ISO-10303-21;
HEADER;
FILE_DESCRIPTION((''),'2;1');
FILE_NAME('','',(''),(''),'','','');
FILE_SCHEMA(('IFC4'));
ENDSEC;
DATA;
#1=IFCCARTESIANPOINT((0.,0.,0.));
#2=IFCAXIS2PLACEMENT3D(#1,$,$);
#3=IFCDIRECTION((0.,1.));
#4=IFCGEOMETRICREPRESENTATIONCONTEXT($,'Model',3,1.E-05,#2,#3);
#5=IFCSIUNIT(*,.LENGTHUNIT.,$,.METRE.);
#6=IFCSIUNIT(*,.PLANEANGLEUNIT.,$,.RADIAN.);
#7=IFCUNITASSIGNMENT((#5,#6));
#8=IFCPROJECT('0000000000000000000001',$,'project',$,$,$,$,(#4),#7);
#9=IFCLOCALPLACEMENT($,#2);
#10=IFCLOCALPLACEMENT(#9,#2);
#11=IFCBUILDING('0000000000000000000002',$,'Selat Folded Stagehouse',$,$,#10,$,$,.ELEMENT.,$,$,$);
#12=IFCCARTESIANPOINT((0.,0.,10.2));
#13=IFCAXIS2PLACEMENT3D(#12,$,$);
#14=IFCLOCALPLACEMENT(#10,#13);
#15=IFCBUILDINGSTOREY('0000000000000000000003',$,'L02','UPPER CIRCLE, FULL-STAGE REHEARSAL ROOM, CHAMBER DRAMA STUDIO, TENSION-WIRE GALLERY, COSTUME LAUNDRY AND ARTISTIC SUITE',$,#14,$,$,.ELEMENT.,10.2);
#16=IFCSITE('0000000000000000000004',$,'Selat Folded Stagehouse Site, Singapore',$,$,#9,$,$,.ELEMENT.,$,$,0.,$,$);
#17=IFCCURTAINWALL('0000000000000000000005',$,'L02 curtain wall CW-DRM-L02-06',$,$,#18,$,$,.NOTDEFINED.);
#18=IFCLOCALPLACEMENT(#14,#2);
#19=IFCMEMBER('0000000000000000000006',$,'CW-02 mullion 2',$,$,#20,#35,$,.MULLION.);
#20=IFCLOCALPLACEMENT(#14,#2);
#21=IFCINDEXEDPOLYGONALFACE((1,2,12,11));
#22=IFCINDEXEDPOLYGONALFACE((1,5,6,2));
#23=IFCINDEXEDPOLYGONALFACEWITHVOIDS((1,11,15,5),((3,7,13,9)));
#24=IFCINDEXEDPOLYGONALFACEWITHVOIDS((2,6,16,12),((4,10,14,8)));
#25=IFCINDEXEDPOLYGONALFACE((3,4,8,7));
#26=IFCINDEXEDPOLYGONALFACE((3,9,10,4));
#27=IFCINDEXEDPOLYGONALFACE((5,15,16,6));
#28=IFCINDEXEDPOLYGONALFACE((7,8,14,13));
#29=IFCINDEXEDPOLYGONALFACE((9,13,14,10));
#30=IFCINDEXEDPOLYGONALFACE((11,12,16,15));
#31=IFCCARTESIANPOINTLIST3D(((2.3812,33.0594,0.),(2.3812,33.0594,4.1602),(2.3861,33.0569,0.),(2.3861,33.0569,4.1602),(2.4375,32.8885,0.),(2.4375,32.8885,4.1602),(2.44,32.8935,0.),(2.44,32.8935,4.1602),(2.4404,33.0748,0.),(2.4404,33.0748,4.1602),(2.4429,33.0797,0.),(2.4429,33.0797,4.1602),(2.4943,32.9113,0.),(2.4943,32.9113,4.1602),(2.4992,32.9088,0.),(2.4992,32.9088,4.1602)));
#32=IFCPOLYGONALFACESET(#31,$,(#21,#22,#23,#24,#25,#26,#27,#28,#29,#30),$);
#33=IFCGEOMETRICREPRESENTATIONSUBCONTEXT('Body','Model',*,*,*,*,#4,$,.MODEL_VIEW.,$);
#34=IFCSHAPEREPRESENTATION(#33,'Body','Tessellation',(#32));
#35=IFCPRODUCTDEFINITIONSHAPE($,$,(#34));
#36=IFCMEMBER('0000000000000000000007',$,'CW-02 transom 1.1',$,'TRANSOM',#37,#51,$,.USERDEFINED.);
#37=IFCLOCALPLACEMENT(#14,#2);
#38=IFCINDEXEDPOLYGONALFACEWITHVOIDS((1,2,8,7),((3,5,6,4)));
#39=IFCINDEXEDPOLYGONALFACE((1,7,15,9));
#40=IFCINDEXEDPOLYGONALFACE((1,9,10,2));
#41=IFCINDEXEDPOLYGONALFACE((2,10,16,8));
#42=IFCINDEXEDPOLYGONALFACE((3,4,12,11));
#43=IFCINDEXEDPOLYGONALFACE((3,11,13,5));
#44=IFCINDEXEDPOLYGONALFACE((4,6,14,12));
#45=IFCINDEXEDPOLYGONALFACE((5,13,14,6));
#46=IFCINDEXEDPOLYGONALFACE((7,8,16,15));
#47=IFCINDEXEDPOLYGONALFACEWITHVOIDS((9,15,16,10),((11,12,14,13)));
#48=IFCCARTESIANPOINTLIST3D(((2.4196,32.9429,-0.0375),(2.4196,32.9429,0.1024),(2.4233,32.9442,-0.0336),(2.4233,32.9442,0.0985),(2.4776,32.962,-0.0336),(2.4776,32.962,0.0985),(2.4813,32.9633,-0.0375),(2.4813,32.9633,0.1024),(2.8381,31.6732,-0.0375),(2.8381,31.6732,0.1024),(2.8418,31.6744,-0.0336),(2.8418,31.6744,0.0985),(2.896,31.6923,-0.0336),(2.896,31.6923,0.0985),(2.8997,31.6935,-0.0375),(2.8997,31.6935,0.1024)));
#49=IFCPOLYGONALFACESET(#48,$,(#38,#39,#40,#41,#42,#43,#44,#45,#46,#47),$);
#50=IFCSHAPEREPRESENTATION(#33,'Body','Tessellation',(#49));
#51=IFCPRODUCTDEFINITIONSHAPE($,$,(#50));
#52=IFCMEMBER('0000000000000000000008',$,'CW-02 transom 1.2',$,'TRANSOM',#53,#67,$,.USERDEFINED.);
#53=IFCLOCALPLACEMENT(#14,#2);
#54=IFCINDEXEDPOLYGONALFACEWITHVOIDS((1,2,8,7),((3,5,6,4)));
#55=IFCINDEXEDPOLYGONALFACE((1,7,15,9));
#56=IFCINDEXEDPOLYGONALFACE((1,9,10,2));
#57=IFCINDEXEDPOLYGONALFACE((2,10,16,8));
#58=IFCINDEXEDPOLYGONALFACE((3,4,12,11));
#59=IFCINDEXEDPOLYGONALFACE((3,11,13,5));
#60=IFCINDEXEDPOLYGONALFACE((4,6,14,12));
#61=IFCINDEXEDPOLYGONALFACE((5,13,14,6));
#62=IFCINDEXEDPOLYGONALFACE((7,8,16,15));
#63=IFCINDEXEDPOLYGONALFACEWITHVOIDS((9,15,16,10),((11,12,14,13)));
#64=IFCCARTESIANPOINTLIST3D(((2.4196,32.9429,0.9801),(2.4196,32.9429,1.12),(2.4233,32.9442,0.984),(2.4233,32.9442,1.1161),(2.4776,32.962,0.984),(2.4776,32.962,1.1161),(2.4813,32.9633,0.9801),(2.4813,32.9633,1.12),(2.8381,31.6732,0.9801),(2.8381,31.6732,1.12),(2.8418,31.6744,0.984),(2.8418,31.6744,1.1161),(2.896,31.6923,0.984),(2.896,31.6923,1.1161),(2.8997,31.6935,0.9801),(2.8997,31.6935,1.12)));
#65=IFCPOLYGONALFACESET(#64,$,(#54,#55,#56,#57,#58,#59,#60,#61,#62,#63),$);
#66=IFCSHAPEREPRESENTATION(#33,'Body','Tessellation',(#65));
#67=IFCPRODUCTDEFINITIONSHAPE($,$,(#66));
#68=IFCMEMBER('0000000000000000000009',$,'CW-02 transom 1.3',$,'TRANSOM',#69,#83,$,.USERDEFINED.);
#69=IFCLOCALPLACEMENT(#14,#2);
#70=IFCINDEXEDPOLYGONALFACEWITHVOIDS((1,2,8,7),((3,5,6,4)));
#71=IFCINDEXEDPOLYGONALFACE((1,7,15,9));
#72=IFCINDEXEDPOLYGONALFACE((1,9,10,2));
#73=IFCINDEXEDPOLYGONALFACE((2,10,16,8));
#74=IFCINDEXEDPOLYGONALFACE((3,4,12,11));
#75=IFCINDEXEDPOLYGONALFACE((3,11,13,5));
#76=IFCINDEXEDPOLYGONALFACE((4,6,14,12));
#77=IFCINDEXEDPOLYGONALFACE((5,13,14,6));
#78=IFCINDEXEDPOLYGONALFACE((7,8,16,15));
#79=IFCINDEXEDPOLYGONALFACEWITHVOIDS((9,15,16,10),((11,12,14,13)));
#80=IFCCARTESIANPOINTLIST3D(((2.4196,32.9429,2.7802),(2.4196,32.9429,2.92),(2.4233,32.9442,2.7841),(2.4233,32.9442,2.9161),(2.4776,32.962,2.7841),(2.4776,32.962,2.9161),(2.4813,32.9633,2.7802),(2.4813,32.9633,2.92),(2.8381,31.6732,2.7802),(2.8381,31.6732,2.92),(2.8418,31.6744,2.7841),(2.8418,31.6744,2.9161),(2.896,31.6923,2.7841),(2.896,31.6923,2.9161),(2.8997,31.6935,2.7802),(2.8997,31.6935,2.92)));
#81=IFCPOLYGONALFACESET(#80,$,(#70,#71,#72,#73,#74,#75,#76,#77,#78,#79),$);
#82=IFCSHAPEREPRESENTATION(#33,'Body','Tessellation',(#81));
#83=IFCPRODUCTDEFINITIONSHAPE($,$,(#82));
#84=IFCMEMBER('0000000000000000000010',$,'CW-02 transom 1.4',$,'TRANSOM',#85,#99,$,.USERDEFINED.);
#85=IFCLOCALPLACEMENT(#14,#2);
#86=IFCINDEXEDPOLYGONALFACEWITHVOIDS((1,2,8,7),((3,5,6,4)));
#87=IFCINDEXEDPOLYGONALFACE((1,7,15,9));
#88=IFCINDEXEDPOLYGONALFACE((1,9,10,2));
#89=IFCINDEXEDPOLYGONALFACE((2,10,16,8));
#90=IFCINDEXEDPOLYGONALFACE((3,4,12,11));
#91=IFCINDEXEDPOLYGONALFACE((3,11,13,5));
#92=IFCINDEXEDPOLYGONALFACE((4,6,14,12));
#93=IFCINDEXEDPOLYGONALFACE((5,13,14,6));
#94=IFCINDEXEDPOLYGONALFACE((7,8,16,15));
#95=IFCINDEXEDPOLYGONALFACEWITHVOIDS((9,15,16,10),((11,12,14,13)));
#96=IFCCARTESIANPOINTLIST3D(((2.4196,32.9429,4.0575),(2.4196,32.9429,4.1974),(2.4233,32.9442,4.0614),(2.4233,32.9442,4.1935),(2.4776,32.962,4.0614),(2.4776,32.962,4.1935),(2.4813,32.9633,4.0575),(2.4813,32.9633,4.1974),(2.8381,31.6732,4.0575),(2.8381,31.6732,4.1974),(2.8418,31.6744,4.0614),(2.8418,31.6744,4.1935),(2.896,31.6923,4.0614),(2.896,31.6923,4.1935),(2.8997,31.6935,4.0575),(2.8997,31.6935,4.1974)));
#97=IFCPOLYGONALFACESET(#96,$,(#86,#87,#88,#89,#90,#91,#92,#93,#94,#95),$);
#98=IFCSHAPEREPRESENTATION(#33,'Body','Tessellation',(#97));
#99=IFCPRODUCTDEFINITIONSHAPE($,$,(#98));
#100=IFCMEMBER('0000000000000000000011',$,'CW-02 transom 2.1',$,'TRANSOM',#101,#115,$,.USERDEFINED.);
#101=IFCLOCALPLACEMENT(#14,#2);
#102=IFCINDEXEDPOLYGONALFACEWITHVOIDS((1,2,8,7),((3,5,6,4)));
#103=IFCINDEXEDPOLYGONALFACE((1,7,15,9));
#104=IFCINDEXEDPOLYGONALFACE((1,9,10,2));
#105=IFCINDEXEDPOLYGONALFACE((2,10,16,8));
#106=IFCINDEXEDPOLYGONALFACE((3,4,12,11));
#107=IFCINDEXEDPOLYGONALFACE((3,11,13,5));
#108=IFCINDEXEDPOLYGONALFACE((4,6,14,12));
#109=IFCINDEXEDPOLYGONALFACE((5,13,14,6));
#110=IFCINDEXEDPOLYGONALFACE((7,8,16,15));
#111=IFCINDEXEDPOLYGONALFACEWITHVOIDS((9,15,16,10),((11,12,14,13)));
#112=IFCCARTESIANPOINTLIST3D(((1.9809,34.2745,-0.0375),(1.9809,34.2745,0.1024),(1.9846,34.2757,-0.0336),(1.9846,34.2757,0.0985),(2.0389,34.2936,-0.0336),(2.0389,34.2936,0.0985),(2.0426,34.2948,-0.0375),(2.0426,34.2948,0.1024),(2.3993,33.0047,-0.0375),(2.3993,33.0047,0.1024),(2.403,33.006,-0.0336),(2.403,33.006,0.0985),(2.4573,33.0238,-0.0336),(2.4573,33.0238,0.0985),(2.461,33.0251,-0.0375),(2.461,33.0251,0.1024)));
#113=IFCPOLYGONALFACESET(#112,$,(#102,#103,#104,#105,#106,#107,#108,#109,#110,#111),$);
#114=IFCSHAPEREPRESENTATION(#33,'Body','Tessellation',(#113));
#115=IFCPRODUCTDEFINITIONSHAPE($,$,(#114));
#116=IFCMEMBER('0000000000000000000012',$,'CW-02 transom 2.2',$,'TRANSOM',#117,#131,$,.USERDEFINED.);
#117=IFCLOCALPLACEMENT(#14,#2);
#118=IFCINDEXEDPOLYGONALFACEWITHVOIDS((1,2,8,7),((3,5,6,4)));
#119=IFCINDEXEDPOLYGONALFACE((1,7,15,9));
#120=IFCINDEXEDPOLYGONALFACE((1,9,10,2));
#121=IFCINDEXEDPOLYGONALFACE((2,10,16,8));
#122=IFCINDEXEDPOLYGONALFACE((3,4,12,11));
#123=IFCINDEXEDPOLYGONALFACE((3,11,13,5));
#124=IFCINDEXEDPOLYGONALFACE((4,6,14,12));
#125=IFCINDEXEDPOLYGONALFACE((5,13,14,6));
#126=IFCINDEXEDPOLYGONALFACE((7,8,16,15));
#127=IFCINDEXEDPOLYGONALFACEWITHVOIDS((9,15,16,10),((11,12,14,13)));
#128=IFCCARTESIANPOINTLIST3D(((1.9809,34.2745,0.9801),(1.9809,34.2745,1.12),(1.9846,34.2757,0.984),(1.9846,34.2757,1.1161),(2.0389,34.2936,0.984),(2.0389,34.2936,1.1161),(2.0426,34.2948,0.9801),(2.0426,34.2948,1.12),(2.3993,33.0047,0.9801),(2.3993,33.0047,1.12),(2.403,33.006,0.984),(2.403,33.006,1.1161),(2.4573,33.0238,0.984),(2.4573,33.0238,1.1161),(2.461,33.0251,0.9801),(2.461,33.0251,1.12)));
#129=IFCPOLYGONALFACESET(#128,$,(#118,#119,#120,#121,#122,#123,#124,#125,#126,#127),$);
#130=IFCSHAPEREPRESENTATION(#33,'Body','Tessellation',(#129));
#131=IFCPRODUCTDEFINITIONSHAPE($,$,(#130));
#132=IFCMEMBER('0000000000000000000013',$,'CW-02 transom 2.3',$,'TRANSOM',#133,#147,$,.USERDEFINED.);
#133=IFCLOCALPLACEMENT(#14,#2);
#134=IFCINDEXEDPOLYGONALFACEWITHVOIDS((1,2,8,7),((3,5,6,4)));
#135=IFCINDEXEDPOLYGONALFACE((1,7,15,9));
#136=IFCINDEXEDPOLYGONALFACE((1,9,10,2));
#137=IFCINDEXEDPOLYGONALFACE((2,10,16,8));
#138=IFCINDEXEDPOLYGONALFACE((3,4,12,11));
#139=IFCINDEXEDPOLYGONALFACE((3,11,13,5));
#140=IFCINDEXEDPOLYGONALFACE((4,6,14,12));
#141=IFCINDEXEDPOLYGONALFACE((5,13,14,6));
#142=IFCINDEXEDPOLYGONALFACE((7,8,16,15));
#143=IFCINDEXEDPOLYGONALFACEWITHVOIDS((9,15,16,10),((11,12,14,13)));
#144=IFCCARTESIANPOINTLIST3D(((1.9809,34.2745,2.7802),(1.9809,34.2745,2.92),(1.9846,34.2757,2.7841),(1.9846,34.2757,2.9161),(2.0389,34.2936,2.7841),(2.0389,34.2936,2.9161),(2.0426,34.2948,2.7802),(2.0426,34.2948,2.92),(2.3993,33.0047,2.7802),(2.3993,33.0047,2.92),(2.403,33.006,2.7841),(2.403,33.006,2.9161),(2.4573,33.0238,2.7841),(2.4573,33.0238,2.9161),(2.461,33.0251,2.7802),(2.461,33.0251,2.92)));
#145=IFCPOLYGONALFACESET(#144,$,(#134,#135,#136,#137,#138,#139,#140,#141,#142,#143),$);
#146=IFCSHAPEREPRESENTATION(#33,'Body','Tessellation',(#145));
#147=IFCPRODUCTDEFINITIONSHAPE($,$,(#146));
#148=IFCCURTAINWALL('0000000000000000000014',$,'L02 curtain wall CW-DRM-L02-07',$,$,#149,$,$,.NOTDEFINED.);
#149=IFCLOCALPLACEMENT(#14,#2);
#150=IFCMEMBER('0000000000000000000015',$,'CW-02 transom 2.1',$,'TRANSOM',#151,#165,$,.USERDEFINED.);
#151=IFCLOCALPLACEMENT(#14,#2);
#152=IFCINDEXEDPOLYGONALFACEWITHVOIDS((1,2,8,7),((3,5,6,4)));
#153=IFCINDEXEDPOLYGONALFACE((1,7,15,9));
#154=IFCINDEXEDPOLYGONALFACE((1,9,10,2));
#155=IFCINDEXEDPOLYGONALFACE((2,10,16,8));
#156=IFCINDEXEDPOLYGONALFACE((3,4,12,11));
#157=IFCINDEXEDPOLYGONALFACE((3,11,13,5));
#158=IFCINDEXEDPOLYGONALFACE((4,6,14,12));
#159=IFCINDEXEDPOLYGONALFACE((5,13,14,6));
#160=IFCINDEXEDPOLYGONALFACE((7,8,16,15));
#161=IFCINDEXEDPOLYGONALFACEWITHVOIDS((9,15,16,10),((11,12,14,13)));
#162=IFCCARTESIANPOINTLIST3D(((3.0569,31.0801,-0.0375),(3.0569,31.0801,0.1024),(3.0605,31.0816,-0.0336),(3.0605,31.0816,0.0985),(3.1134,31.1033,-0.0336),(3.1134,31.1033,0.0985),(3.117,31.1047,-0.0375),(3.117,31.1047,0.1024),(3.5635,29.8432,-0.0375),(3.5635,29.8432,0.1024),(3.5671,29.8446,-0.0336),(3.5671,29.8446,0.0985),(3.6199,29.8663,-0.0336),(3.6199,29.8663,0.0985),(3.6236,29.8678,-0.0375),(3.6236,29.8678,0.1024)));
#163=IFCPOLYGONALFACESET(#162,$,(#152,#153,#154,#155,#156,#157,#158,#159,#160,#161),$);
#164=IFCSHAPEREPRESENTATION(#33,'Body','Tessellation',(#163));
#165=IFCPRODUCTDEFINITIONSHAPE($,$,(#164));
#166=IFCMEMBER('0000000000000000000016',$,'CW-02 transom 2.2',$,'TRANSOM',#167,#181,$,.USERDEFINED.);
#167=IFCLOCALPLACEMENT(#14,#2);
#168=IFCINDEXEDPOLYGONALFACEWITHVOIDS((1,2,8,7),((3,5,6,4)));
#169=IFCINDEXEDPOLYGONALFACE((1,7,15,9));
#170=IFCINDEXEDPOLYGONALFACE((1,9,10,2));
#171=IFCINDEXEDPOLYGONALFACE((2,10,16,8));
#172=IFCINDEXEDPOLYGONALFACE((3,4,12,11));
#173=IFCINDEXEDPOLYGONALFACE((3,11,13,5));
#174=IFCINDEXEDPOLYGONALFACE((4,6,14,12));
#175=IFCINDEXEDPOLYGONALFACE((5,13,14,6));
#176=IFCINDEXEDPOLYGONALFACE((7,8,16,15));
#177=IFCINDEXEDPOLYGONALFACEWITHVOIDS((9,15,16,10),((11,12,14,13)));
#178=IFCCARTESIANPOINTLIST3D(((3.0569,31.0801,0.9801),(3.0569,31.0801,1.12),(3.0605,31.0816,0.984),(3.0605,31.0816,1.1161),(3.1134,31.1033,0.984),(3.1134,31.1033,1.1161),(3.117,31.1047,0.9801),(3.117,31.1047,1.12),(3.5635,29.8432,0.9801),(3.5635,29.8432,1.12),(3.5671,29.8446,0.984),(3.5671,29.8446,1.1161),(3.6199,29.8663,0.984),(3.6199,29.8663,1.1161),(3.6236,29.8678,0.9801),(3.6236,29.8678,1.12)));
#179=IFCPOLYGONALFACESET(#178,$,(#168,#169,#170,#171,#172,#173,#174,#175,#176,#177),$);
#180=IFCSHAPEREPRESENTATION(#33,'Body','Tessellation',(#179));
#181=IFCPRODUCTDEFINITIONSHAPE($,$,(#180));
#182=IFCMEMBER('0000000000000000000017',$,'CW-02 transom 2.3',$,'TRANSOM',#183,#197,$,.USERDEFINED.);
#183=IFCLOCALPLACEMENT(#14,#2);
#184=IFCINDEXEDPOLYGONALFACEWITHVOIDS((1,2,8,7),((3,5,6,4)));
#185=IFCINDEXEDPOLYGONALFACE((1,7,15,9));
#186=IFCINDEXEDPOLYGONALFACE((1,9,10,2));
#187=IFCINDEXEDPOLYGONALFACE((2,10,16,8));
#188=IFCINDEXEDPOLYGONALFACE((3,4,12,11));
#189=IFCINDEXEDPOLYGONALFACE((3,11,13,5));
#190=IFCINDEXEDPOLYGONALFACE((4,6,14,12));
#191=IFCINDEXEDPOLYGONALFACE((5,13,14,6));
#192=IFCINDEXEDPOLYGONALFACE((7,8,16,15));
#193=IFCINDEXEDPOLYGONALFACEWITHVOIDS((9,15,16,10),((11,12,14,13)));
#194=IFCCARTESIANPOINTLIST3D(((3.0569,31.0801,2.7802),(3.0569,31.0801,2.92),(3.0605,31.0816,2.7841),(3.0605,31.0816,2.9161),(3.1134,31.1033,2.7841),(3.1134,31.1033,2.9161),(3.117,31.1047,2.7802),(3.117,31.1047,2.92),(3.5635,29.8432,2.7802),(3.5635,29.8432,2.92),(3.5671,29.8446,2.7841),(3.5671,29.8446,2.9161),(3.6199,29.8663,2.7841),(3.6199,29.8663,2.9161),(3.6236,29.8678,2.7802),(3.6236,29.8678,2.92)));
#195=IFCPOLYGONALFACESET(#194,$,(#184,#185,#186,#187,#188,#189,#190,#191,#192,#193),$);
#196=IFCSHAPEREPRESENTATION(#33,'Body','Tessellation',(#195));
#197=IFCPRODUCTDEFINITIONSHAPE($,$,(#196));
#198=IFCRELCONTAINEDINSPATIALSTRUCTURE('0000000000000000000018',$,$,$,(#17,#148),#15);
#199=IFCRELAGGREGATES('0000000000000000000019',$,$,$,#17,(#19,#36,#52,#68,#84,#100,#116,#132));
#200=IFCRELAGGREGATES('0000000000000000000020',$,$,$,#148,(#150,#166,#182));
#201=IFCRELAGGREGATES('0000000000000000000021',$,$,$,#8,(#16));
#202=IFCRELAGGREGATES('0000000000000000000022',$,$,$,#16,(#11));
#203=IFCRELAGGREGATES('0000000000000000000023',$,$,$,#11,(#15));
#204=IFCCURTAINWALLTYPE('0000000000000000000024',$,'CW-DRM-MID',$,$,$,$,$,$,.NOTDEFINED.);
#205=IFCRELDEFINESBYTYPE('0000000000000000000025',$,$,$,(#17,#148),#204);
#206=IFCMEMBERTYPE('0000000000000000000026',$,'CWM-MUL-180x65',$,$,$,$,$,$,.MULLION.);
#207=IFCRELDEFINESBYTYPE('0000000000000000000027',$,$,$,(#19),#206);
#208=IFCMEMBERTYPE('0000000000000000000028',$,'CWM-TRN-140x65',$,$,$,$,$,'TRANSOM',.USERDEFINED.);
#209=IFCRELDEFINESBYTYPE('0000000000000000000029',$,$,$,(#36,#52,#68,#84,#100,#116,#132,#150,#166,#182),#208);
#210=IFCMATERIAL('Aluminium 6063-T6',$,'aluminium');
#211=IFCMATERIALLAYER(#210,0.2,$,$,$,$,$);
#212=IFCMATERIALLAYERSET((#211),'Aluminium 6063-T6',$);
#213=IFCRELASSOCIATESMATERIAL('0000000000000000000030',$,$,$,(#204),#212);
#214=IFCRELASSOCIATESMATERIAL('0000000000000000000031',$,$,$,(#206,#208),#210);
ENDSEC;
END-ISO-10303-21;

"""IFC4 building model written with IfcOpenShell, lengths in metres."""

from ifc_helpers import new_model, si_unit, direction, frame, origin, origin_2d, place, context, subcontext, project, spatial, hollow_rectangle, extrude, material, layer, layer_set, material_profile, profile_set, type_object, element, aggregate, save


model = new_model("IFC4")

# Units and contexts
model_context = context("Model", 3, precision=1e-05, world=origin(), true_north=direction((0.0, 1.0)))
body_context = subcontext(model_context, "Body", "Model", "MODEL_VIEW")
ifc_project = project(units=[si_unit("LENGTHUNIT", "METRE"), si_unit("PLANEANGLEUNIT", "RADIAN")], contexts=[model_context])

# Site, building, storey
site_placement = place(None, origin())
site = spatial("IfcSite", under=ifc_project, at=site_placement, Name="Selat Folded Stagehouse Site, Singapore", CompositionType="ELEMENT", RefElevation=0.0)
building_placement = place(site_placement, origin())
building = spatial("IfcBuilding", under=site, at=building_placement, Name="Selat Folded Stagehouse", CompositionType="ELEMENT")
storey_placement = place(building_placement, frame((0.0, 0.0, 10.2)))
storey = spatial("IfcBuildingStorey", under=building, at=storey_placement, Name="L02", Description="UPPER CIRCLE, FULL-STAGE REHEARSAL ROOM, CHAMBER DRAMA STUDIO, TENSION-WIRE GALLERY, COSTUME LAUNDRY AND ARTISTIC SUITE", CompositionType="ELEMENT", Elevation=10.2)

# Curtain walls, members
ifc_material_1 = material(Name="Aluminium 6063-T6", Category="aluminium")
ifc_layer_1 = layer(ifc_material_1, 0.2)
ifc_layer_set_1 = layer_set([ifc_layer_1], Name="Aluminium 6063-T6")
curtain_wall_type = type_object("IfcCurtainWallType", Name="CW-DRM-MID", PredefinedType="NOTDEFINED", material=ifc_layer_set_1)
curtain_wall_1_placement = place(storey_placement, origin())
curtain_wall_1 = element("IfcCurtainWall", 1, at=curtain_wall_1_placement, inside=storey, type_object=curtain_wall_type, Name="L02 curtain wall CW-DRM-L02-06", PredefinedType="NOTDEFINED")
ifc_material_profile_1 = material_profile(ifc_material_1, hollow_rectangle(XDim=0.0649, YDim=0.1799, WallThickness=0.0039, at=origin_2d()), Name="ALU 180x65x4.0")
ifc_profile_set_1 = profile_set([ifc_material_profile_1], Name="Aluminium 6063-T6")
member_type_1 = type_object("IfcMemberType", Name="CWM-MUL-180x65", PredefinedType="MULLION", material=ifc_profile_set_1)
member_1_placement = place(storey_placement, frame((2.4402, 32.9841, 0.0), z_axis=(0.0, 0.0, 1.0), x_axis=(-0.949755, -0.312995, 0.0)))
member_1 = element("IfcMember", 2, at=member_1_placement, type_object=member_type_1, Name="CW-02 mullion 2", PredefinedType="MULLION", context=body_context, shape_type="SweptSolid", body=[
    extrude(hollow_rectangle(XDim=0.0649, YDim=0.1799, WallThickness=0.0039, at=origin_2d()), origin(), (0.0, 0.0, 1.0), 4.1602),
])
ifc_material_profile_2 = material_profile(ifc_material_1, hollow_rectangle(XDim=0.0649, YDim=0.1399, WallThickness=0.0039, at=origin_2d()), Name="ALU 140x65x4.0")
ifc_profile_set_2 = profile_set([ifc_material_profile_2], Name="Aluminium 6063-T6")
member_type_2 = type_object("IfcMemberType", Name="CWM-TRN-140x65", ElementType="TRANSOM", PredefinedType="USERDEFINED", material=ifc_profile_set_2)
member_2_placement = place(storey_placement, frame((2.8689, 31.6833, 0.0325), z_axis=(-0.312994, 0.949755, 0.0), x_axis=(-0.949755, -0.312994, 0.0)))
member_2 = element("IfcMember", 3, at=member_2_placement, type_object=member_type_2, Name="CW-02 transom 1.1", ObjectType="TRANSOM", PredefinedType="USERDEFINED", context=body_context, shape_type="SweptSolid", body=[
    extrude(hollow_rectangle(XDim=0.0649, YDim=0.1399, WallThickness=0.0039, at=origin_2d()), origin(), (0.0, 0.0, 1.0), 1.3369),
])
member_3_placement = place(storey_placement, frame((2.8689, 31.6833, 1.05), z_axis=(-0.312994, 0.949755, 0.0), x_axis=(-0.949755, -0.312994, 0.0)))
member_3 = element("IfcMember", 4, at=member_3_placement, type_object=member_type_2, Name="CW-02 transom 1.2", ObjectType="TRANSOM", PredefinedType="USERDEFINED", context=body_context, shape_type="SweptSolid", body=[
    extrude(hollow_rectangle(XDim=0.0649, YDim=0.1399, WallThickness=0.0039, at=origin_2d()), origin(), (0.0, 0.0, 1.0), 1.3369),
])
member_4_placement = place(storey_placement, frame((2.8689, 31.6833, 2.8501), z_axis=(-0.312994, 0.949755, 0.0), x_axis=(-0.949755, -0.312994, 0.0)))
member_4 = element("IfcMember", 5, at=member_4_placement, type_object=member_type_2, Name="CW-02 transom 1.3", ObjectType="TRANSOM", PredefinedType="USERDEFINED", context=body_context, shape_type="SweptSolid", body=[
    extrude(hollow_rectangle(XDim=0.0649, YDim=0.1399, WallThickness=0.0039, at=origin_2d()), origin(), (0.0, 0.0, 1.0), 1.3369),
])
member_5_placement = place(storey_placement, frame((2.8689, 31.6833, 4.1274), z_axis=(-0.312994, 0.949755, 0.0), x_axis=(-0.949755, -0.312994, 0.0)))
member_5 = element("IfcMember", 6, at=member_5_placement, type_object=member_type_2, Name="CW-02 transom 1.4", ObjectType="TRANSOM", PredefinedType="USERDEFINED", context=body_context, shape_type="SweptSolid", body=[
    extrude(hollow_rectangle(XDim=0.0649, YDim=0.1399, WallThickness=0.0039, at=origin_2d()), origin(), (0.0, 0.0, 1.0), 1.3369),
])
member_6_placement = place(storey_placement, frame((2.4302, 33.0149, 0.0325), z_axis=(-0.312994, 0.949755, 0.0), x_axis=(-0.949755, -0.312994, 0.0)))
member_6 = element("IfcMember", 7, at=member_6_placement, type_object=member_type_2, Name="CW-02 transom 2.1", ObjectType="TRANSOM", PredefinedType="USERDEFINED", context=body_context, shape_type="SweptSolid", body=[
    extrude(hollow_rectangle(XDim=0.0649, YDim=0.1399, WallThickness=0.0039, at=origin_2d()), origin(), (0.0, 0.0, 1.0), 1.3369),
])
member_7_placement = place(storey_placement, frame((2.4302, 33.0149, 1.05), z_axis=(-0.312994, 0.949755, 0.0), x_axis=(-0.949755, -0.312994, 0.0)))
member_7 = element("IfcMember", 8, at=member_7_placement, type_object=member_type_2, Name="CW-02 transom 2.2", ObjectType="TRANSOM", PredefinedType="USERDEFINED", context=body_context, shape_type="SweptSolid", body=[
    extrude(hollow_rectangle(XDim=0.0649, YDim=0.1399, WallThickness=0.0039, at=origin_2d()), origin(), (0.0, 0.0, 1.0), 1.3369),
])
member_8_placement = place(storey_placement, frame((2.4302, 33.0149, 2.8501), z_axis=(-0.312994, 0.949755, 0.0), x_axis=(-0.949755, -0.312994, 0.0)))
member_8 = element("IfcMember", 9, at=member_8_placement, type_object=member_type_2, Name="CW-02 transom 2.3", ObjectType="TRANSOM", PredefinedType="USERDEFINED", context=body_context, shape_type="SweptSolid", body=[
    extrude(hollow_rectangle(XDim=0.0649, YDim=0.1399, WallThickness=0.0039, at=origin_2d()), origin(), (0.0, 0.0, 1.0), 1.3369),
])
curtain_wall_2_placement = place(storey_placement, origin())
curtain_wall_2 = element("IfcCurtainWall", 10, at=curtain_wall_2_placement, inside=storey, type_object=curtain_wall_type, Name="L02 curtain wall CW-DRM-L02-07", PredefinedType="NOTDEFINED")
member_9_placement = place(storey_placement, frame((3.5935, 29.8555, 0.0325), z_axis=(-0.378967, 0.92541, 0.0), x_axis=(-0.92541, -0.378967, 0.0)))
member_9 = element("IfcMember", 11, at=member_9_placement, type_object=member_type_2, Name="CW-02 transom 2.1", ObjectType="TRANSOM", PredefinedType="USERDEFINED", context=body_context, shape_type="SweptSolid", body=[
    extrude(hollow_rectangle(XDim=0.0649, YDim=0.1399, WallThickness=0.0039, at=origin_2d()), origin(), (0.0, 0.0, 1.0), 1.3367),
])
member_10_placement = place(storey_placement, frame((3.5935, 29.8555, 1.05), z_axis=(-0.378967, 0.92541, 0.0), x_axis=(-0.92541, -0.378967, 0.0)))
member_10 = element("IfcMember", 12, at=member_10_placement, type_object=member_type_2, Name="CW-02 transom 2.2", ObjectType="TRANSOM", PredefinedType="USERDEFINED", context=body_context, shape_type="SweptSolid", body=[
    extrude(hollow_rectangle(XDim=0.0649, YDim=0.1399, WallThickness=0.0039, at=origin_2d()), origin(), (0.0, 0.0, 1.0), 1.3367),
])
member_11_placement = place(storey_placement, frame((3.5935, 29.8555, 2.8501), z_axis=(-0.378967, 0.92541, 0.0), x_axis=(-0.92541, -0.378967, 0.0)))
member_11 = element("IfcMember", 13, at=member_11_placement, type_object=member_type_2, Name="CW-02 transom 2.3", ObjectType="TRANSOM", PredefinedType="USERDEFINED", context=body_context, shape_type="SweptSolid", body=[
    extrude(hollow_rectangle(XDim=0.0649, YDim=0.1399, WallThickness=0.0039, at=origin_2d()), origin(), (0.0, 0.0, 1.0), 1.3367),
])

aggregate(curtain_wall_1, [member_1, member_2, member_3, member_4, member_5, member_6, member_7, member_8])
aggregate(curtain_wall_2, [member_9, member_10, member_11])

save(model, "model.ifc")
